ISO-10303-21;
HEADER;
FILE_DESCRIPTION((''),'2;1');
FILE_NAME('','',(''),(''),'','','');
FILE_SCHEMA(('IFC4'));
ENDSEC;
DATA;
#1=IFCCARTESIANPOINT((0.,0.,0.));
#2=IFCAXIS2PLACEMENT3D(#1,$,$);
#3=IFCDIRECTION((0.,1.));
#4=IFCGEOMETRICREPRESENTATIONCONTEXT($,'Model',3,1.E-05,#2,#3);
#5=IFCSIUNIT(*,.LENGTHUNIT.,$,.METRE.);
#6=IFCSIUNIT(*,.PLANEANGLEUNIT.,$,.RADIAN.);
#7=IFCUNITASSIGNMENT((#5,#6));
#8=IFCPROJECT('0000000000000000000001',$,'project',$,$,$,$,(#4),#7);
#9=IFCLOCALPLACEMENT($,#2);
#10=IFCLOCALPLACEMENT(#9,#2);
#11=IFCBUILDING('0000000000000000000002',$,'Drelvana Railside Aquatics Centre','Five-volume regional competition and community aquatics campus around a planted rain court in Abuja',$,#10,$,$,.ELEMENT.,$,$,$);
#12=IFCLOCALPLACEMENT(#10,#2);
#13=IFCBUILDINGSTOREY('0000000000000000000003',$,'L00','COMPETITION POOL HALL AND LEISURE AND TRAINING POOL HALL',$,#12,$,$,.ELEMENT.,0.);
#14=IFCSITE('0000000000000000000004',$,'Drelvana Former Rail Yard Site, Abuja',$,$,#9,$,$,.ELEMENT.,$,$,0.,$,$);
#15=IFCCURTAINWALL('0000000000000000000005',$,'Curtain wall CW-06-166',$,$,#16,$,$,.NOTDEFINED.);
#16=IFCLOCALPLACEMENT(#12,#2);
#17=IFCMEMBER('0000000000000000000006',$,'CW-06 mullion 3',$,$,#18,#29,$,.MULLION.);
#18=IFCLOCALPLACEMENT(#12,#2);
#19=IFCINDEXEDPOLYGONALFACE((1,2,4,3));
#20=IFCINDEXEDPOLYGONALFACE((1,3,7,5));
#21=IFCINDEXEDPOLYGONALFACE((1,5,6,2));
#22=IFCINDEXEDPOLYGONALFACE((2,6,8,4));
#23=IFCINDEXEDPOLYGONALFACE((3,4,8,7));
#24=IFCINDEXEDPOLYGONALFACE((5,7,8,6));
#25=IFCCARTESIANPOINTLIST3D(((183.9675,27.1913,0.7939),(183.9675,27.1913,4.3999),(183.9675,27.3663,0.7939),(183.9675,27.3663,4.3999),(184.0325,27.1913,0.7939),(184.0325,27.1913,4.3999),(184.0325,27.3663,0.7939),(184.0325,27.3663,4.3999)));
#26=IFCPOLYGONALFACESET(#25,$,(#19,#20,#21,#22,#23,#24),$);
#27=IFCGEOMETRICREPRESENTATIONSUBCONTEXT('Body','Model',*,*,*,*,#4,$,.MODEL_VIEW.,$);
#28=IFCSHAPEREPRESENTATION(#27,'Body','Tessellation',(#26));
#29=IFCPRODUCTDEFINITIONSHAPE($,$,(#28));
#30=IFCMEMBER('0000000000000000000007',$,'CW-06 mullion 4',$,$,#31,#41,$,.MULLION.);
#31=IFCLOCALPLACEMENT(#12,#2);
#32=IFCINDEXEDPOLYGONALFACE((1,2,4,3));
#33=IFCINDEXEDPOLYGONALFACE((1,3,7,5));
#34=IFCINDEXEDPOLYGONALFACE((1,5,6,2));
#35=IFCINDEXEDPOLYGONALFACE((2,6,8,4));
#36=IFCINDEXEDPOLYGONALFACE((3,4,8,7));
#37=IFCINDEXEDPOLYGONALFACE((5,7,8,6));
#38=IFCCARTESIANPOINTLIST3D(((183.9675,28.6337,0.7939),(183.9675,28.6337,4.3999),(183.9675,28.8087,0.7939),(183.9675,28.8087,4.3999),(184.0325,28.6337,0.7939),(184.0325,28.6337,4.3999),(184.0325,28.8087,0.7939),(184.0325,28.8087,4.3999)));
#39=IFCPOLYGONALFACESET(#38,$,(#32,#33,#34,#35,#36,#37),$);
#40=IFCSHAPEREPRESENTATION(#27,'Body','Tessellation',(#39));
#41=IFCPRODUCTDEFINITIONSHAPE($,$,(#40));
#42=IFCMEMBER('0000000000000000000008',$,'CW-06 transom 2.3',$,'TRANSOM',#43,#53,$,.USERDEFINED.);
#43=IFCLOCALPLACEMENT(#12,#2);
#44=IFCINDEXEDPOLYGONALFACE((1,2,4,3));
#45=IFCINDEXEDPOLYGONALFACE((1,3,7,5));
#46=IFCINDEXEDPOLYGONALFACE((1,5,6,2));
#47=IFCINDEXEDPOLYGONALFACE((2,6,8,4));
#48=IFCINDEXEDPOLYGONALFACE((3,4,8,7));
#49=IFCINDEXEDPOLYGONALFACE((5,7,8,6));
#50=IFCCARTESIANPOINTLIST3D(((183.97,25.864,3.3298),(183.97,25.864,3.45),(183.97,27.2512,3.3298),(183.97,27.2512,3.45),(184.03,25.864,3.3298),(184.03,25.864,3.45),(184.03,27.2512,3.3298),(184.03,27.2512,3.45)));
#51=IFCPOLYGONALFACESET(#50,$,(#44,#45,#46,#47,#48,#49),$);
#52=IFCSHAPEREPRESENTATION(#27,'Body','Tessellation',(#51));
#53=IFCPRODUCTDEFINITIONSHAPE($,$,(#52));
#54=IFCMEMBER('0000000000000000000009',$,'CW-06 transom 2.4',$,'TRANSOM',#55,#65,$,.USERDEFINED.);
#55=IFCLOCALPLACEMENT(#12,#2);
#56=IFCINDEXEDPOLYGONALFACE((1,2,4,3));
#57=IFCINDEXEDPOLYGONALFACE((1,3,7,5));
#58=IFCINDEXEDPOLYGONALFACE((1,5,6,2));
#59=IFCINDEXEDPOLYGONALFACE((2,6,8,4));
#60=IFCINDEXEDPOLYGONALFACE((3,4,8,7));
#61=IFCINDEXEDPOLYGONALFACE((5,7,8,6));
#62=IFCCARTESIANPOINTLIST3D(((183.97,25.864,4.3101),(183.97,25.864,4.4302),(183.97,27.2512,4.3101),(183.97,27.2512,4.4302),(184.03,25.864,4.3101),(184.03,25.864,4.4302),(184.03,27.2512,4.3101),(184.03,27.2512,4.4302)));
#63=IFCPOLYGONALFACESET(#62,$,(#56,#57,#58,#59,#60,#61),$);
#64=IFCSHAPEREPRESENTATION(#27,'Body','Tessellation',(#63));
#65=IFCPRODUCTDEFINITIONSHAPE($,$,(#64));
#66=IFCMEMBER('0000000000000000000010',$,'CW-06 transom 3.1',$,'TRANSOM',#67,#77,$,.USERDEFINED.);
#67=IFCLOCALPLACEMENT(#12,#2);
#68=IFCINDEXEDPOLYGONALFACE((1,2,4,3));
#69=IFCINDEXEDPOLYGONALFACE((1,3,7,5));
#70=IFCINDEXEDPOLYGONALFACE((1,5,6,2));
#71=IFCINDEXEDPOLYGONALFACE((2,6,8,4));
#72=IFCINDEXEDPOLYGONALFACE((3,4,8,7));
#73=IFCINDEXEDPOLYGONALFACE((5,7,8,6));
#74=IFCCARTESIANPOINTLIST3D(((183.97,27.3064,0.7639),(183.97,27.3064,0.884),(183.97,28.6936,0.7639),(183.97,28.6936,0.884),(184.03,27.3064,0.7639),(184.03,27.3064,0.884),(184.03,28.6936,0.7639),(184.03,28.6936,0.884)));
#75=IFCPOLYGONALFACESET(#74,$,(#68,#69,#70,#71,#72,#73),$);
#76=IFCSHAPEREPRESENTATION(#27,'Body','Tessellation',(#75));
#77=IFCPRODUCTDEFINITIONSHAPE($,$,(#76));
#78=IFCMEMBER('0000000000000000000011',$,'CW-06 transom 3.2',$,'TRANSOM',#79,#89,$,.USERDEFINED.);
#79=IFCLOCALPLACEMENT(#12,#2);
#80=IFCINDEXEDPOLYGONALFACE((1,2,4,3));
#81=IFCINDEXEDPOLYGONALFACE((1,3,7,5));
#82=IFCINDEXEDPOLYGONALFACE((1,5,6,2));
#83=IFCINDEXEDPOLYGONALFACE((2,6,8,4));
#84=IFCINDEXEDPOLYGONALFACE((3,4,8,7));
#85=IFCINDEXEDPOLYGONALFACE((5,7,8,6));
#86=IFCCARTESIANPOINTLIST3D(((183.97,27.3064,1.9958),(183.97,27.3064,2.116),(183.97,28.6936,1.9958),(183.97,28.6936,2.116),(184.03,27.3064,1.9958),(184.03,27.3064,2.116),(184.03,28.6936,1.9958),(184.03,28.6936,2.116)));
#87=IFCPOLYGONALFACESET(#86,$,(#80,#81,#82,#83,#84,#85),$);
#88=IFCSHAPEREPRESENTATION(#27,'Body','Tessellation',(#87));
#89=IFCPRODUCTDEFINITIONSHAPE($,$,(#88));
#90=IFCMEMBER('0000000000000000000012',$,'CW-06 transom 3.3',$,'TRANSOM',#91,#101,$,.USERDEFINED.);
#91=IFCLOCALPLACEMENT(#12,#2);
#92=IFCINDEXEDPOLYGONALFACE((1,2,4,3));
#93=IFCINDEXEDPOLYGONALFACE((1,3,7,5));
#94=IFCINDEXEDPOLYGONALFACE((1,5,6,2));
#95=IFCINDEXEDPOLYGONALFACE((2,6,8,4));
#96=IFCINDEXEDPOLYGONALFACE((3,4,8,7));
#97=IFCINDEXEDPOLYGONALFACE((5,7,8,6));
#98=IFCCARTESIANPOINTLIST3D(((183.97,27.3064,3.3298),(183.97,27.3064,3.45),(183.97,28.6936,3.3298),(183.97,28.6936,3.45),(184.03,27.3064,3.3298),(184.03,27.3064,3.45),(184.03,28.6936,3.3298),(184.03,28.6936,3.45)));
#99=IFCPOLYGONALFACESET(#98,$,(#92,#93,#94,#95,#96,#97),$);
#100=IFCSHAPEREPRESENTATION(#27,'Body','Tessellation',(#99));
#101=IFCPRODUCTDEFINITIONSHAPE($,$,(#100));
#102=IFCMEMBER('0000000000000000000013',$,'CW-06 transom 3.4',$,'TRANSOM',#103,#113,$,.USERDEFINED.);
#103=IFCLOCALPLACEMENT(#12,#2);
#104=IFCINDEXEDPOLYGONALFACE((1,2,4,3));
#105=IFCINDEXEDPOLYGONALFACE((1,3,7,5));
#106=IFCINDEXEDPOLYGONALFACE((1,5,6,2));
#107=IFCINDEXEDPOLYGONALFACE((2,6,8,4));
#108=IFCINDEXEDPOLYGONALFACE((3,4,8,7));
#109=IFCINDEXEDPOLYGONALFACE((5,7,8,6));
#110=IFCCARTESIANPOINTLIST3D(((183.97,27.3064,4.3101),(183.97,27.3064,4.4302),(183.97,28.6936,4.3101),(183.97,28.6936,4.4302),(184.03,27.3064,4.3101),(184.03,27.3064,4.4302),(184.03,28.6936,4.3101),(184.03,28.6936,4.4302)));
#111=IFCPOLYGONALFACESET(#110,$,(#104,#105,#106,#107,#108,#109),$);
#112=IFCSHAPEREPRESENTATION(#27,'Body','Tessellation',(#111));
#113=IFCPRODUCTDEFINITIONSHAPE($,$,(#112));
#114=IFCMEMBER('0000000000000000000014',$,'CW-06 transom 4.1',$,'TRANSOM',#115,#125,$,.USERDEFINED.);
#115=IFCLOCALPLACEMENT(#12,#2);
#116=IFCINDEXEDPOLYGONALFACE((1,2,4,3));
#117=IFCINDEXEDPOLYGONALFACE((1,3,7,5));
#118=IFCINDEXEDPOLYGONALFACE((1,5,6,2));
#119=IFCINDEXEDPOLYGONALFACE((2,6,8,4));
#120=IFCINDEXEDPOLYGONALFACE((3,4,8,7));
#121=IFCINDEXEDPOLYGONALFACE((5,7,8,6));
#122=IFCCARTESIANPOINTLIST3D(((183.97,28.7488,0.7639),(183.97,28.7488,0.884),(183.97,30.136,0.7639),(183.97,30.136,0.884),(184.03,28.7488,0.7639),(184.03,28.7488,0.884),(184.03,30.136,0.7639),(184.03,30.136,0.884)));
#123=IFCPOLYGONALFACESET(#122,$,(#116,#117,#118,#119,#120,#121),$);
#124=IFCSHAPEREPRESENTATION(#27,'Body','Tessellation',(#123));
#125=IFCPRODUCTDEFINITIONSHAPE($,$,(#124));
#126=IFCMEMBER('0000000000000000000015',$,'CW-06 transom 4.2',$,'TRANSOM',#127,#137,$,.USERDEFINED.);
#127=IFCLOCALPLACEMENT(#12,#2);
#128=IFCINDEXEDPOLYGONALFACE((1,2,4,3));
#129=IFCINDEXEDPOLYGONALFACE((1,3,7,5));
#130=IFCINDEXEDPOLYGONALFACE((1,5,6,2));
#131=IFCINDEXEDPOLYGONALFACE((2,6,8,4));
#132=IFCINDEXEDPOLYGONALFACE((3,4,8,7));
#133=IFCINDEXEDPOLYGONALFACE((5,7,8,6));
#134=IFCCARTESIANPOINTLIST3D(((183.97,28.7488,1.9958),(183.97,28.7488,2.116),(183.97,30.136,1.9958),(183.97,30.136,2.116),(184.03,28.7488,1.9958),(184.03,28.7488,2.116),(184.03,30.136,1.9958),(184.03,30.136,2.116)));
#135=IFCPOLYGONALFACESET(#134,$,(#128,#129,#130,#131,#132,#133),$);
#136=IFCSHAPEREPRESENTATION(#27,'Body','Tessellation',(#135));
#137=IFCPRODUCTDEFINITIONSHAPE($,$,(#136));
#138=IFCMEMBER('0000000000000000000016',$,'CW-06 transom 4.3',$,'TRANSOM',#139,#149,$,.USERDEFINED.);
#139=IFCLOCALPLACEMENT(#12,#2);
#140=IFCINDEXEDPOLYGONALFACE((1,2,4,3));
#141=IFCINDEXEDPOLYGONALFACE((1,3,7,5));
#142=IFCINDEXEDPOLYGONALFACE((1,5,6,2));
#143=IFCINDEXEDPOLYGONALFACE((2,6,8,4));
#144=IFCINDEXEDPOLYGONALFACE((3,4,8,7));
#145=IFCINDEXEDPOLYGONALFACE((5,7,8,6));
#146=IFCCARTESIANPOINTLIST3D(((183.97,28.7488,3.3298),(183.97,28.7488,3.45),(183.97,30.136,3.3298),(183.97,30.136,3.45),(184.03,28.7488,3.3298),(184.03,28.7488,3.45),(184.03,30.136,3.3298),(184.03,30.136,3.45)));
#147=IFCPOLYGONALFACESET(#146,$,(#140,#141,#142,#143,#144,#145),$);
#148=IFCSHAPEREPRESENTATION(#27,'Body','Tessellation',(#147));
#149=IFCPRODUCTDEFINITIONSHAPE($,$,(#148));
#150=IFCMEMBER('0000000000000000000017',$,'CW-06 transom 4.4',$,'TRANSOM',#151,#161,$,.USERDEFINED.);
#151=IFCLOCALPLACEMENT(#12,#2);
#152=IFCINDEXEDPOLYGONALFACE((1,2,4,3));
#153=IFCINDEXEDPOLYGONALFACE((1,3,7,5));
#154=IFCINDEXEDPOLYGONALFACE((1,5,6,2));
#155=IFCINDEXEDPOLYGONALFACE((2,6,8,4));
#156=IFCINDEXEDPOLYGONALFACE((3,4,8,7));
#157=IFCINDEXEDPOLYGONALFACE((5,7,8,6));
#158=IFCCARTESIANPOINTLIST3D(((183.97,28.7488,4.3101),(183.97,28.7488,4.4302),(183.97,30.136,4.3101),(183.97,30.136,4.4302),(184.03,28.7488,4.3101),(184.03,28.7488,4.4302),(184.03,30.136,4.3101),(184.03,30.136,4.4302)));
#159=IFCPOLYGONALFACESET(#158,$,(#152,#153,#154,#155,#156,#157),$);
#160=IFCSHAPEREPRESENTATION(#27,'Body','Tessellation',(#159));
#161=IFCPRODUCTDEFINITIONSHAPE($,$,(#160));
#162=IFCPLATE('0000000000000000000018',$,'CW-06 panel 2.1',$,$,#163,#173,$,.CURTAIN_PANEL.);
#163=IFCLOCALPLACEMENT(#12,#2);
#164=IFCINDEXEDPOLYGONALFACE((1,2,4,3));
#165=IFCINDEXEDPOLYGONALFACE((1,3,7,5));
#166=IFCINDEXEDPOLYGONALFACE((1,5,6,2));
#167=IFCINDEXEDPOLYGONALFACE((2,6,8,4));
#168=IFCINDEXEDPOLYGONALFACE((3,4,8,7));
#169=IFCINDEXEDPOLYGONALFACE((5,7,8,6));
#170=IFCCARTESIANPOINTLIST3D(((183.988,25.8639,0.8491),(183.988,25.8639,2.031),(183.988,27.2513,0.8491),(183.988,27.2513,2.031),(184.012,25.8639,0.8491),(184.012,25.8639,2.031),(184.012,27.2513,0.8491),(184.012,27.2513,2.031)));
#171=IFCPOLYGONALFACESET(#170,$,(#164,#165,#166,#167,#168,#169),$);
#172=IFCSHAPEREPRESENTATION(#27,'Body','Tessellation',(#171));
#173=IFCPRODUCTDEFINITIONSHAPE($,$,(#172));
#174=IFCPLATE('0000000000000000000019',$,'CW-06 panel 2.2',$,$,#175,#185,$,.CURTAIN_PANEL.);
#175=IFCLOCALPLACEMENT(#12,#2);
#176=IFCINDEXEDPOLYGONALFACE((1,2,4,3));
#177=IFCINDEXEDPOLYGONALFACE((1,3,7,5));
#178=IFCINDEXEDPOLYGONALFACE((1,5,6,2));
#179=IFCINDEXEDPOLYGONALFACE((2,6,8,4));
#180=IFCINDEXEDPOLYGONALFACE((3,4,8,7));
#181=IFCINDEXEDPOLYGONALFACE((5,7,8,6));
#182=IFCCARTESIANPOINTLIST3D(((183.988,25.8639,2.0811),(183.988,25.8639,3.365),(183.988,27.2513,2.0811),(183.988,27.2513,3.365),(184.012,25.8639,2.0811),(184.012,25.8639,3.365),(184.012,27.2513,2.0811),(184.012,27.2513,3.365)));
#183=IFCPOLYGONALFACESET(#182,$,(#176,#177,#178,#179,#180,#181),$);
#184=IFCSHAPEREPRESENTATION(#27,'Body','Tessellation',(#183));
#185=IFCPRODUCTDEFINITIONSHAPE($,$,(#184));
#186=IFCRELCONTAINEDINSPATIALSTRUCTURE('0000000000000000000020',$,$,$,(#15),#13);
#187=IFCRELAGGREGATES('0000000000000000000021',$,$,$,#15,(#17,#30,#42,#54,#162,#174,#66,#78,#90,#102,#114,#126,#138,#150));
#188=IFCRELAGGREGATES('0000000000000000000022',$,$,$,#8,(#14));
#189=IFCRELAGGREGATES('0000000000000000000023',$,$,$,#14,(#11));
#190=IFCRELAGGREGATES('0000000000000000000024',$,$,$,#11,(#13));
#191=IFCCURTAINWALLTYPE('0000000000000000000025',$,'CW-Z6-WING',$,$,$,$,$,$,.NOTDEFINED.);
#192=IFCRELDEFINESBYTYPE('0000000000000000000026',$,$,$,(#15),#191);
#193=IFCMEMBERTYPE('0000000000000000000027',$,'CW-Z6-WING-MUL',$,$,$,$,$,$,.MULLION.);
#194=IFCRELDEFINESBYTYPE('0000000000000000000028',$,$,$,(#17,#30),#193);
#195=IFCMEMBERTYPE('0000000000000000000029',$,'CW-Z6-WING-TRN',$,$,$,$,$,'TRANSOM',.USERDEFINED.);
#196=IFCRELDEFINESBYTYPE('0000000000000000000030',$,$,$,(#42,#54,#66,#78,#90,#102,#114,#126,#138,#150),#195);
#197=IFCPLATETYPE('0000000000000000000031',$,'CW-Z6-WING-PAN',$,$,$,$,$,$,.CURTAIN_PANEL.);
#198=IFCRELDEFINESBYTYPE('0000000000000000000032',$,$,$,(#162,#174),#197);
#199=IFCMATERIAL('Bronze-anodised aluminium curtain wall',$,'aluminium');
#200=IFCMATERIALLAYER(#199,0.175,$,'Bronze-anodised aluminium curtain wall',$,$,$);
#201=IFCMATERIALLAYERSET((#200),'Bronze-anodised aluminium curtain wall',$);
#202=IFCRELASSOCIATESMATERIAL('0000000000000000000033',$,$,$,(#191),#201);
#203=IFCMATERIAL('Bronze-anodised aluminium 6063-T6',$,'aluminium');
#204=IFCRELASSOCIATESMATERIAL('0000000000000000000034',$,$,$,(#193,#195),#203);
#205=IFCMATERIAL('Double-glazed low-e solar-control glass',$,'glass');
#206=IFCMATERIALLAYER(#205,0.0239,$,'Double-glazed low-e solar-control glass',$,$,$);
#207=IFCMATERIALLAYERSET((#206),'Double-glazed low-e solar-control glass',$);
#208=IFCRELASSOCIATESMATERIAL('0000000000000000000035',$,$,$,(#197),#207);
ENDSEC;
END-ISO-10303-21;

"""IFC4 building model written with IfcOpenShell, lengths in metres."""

from ifc_helpers import new_model, si_unit, direction, frame, origin, origin_2d, place, context, subcontext, project, spatial, rectangle, extrude, material, layer, layer_set, material_profile, profile_set, type_object, element, aggregate, save


model = new_model("IFC4")

# Units and contexts
model_context = context("Model", 3, precision=1e-05, world=origin(), true_north=direction((0.0, 1.0)))
body_context = subcontext(model_context, "Body", "Model", "MODEL_VIEW")
ifc_project = project(units=[si_unit("LENGTHUNIT", "METRE"), si_unit("PLANEANGLEUNIT", "RADIAN")], contexts=[model_context])

# Site, building, storey
site_placement = place(None, origin())
site = spatial("IfcSite", under=ifc_project, at=site_placement, Name="Drelvana Former Rail Yard Site, Abuja", CompositionType="ELEMENT", RefElevation=0.0)
building_placement = place(site_placement, origin())
building = spatial("IfcBuilding", under=site, at=building_placement, Name="Drelvana Railside Aquatics Centre", Description="Five-volume regional competition and community aquatics campus around a planted rain court in Abuja", CompositionType="ELEMENT")
storey_placement = place(building_placement, origin())
storey = spatial("IfcBuildingStorey", under=building, at=storey_placement, Name="L00", Description="COMPETITION POOL HALL AND LEISURE AND TRAINING POOL HALL", CompositionType="ELEMENT", Elevation=0.0)

# Curtain wall, members, plates
ifc_material_1 = material(Name="Bronze-anodised aluminium curtain wall", Category="aluminium")
ifc_layer_1 = layer(ifc_material_1, 0.175, Name="Bronze-anodised aluminium curtain wall")
ifc_layer_set_1 = layer_set([ifc_layer_1], Name="Bronze-anodised aluminium curtain wall")
curtain_wall_type = type_object("IfcCurtainWallType", Name="CW-Z6-WING", PredefinedType="NOTDEFINED", material=ifc_layer_set_1)
curtain_wall_placement = place(storey_placement, origin())
curtain_wall = element("IfcCurtainWall", 1, at=curtain_wall_placement, inside=storey, type_object=curtain_wall_type, Name="Curtain wall CW-06-166", PredefinedType="NOTDEFINED")
ifc_material_2 = material(Name="Bronze-anodised aluminium 6063-T6", Category="aluminium")
ifc_material_profile_1 = material_profile(ifc_material_2, rectangle(XDim=0.0649, YDim=0.175, at=origin_2d()), Name="ALU-M 65x175")
ifc_profile_set_1 = profile_set([ifc_material_profile_1], Name="Bronze-anodised aluminium 6063-T6")
member_type_1 = type_object("IfcMemberType", Name="CW-Z6-WING-MUL", PredefinedType="MULLION", material=ifc_profile_set_1)
member_1_placement = place(storey_placement, frame((184.0, 27.2788, 0.7939), z_axis=(0.0, 0.0, 1.0), x_axis=(-1.0, 0.0, 0.0)))
member_1 = element("IfcMember", 2, at=member_1_placement, type_object=member_type_1, Name="CW-06 mullion 3", PredefinedType="MULLION", context=body_context, shape_type="SweptSolid", body=[
    extrude(rectangle(XDim=0.0649, YDim=0.175, at=origin_2d()), origin(), (0.0, 0.0, 1.0), 3.606),
])
member_2_placement = place(storey_placement, frame((184.0, 28.7212, 0.7939), z_axis=(0.0, 0.0, 1.0), x_axis=(-1.0, 0.0, 0.0)))
member_2 = element("IfcMember", 3, at=member_2_placement, type_object=member_type_1, Name="CW-06 mullion 4", PredefinedType="MULLION", context=body_context, shape_type="SweptSolid", body=[
    extrude(rectangle(XDim=0.0649, YDim=0.175, at=origin_2d()), origin(), (0.0, 0.0, 1.0), 3.606),
])
ifc_material_profile_2 = material_profile(ifc_material_2, rectangle(XDim=0.1201, YDim=0.0601, at=origin_2d()), Name="ALU-T 60x120")
ifc_profile_set_2 = profile_set([ifc_material_profile_2], Name="Bronze-anodised aluminium 6063-T6")
member_type_2 = type_object("IfcMemberType", Name="CW-Z6-WING-TRN", ElementType="TRANSOM", PredefinedType="USERDEFINED", material=ifc_profile_set_2)
member_3_placement = place(storey_placement, frame((184.0, 25.864, 3.3899), z_axis=(0.0, 1.0, 0.0), x_axis=(0.0, 0.0, 1.0)))
member_3 = element("IfcMember", 4, at=member_3_placement, type_object=member_type_2, Name="CW-06 transom 2.3", ObjectType="TRANSOM", PredefinedType="USERDEFINED", context=body_context, shape_type="SweptSolid", body=[
    extrude(rectangle(XDim=0.1201, YDim=0.0601, at=origin_2d()), origin(), (0.0, 0.0, 1.0), 1.3872),
])
member_4_placement = place(storey_placement, frame((184.0, 25.864, 4.3701), z_axis=(0.0, 1.0, 0.0), x_axis=(0.0, 0.0, 1.0)))
member_4 = element("IfcMember", 5, at=member_4_placement, type_object=member_type_2, Name="CW-06 transom 2.4", ObjectType="TRANSOM", PredefinedType="USERDEFINED", context=body_context, shape_type="SweptSolid", body=[
    extrude(rectangle(XDim=0.1201, YDim=0.0601, at=origin_2d()), origin(), (0.0, 0.0, 1.0), 1.3872),
])
member_5_placement = place(storey_placement, frame((184.0, 27.3064, 0.824), z_axis=(0.0, 1.0, 0.0), x_axis=(0.0, 0.0, 1.0)))
member_5 = element("IfcMember", 6, at=member_5_placement, type_object=member_type_2, Name="CW-06 transom 3.1", ObjectType="TRANSOM", PredefinedType="USERDEFINED", context=body_context, shape_type="SweptSolid", body=[
    extrude(rectangle(XDim=0.1201, YDim=0.0601, at=origin_2d()), origin(), (0.0, 0.0, 1.0), 1.3872),
])
member_6_placement = place(storey_placement, frame((184.0, 27.3064, 2.0559), z_axis=(0.0, 1.0, 0.0), x_axis=(0.0, 0.0, 1.0)))
member_6 = element("IfcMember", 7, at=member_6_placement, type_object=member_type_2, Name="CW-06 transom 3.2", ObjectType="TRANSOM", PredefinedType="USERDEFINED", context=body_context, shape_type="SweptSolid", body=[
    extrude(rectangle(XDim=0.1201, YDim=0.0601, at=origin_2d()), origin(), (0.0, 0.0, 1.0), 1.3872),
])
member_7_placement = place(storey_placement, frame((184.0, 27.3064, 3.3899), z_axis=(0.0, 1.0, 0.0), x_axis=(0.0, 0.0, 1.0)))
member_7 = element("IfcMember", 8, at=member_7_placement, type_object=member_type_2, Name="CW-06 transom 3.3", ObjectType="TRANSOM", PredefinedType="USERDEFINED", context=body_context, shape_type="SweptSolid", body=[
    extrude(rectangle(XDim=0.1201, YDim=0.0601, at=origin_2d()), origin(), (0.0, 0.0, 1.0), 1.3872),
])
member_8_placement = place(storey_placement, frame((184.0, 27.3064, 4.3701), z_axis=(0.0, 1.0, 0.0), x_axis=(0.0, 0.0, 1.0)))
member_8 = element("IfcMember", 9, at=member_8_placement, type_object=member_type_2, Name="CW-06 transom 3.4", ObjectType="TRANSOM", PredefinedType="USERDEFINED", context=body_context, shape_type="SweptSolid", body=[
    extrude(rectangle(XDim=0.1201, YDim=0.0601, at=origin_2d()), origin(), (0.0, 0.0, 1.0), 1.3872),
])
member_9_placement = place(storey_placement, frame((184.0, 28.7488, 0.824), z_axis=(0.0, 1.0, 0.0), x_axis=(0.0, 0.0, 1.0)))
member_9 = element("IfcMember", 10, at=member_9_placement, type_object=member_type_2, Name="CW-06 transom 4.1", ObjectType="TRANSOM", PredefinedType="USERDEFINED", context=body_context, shape_type="SweptSolid", body=[
    extrude(rectangle(XDim=0.1201, YDim=0.0601, at=origin_2d()), origin(), (0.0, 0.0, 1.0), 1.3872),
])
member_10_placement = place(storey_placement, frame((184.0, 28.7488, 2.0559), z_axis=(0.0, 1.0, 0.0), x_axis=(0.0, 0.0, 1.0)))
member_10 = element("IfcMember", 11, at=member_10_placement, type_object=member_type_2, Name="CW-06 transom 4.2", ObjectType="TRANSOM", PredefinedType="USERDEFINED", context=body_context, shape_type="SweptSolid", body=[
    extrude(rectangle(XDim=0.1201, YDim=0.0601, at=origin_2d()), origin(), (0.0, 0.0, 1.0), 1.3872),
])
member_11_placement = place(storey_placement, frame((184.0, 28.7488, 3.3899), z_axis=(0.0, 1.0, 0.0), x_axis=(0.0, 0.0, 1.0)))
member_11 = element("IfcMember", 12, at=member_11_placement, type_object=member_type_2, Name="CW-06 transom 4.3", ObjectType="TRANSOM", PredefinedType="USERDEFINED", context=body_context, shape_type="SweptSolid", body=[
    extrude(rectangle(XDim=0.1201, YDim=0.0601, at=origin_2d()), origin(), (0.0, 0.0, 1.0), 1.3872),
])
member_12_placement = place(storey_placement, frame((184.0, 28.7488, 4.3701), z_axis=(0.0, 1.0, 0.0), x_axis=(0.0, 0.0, 1.0)))
member_12 = element("IfcMember", 13, at=member_12_placement, type_object=member_type_2, Name="CW-06 transom 4.4", ObjectType="TRANSOM", PredefinedType="USERDEFINED", context=body_context, shape_type="SweptSolid", body=[
    extrude(rectangle(XDim=0.1201, YDim=0.0601, at=origin_2d()), origin(), (0.0, 0.0, 1.0), 1.3872),
])
ifc_material_3 = material(Name="Double-glazed low-e solar-control glass", Category="glass")
ifc_layer_2 = layer(ifc_material_3, 0.0239, Name="Double-glazed low-e solar-control glass")
ifc_layer_set_2 = layer_set([ifc_layer_2], Name="Double-glazed low-e solar-control glass")
plate_type = type_object("IfcPlateType", Name="CW-Z6-WING-PAN", PredefinedType="CURTAIN_PANEL", material=ifc_layer_set_2)
plate_1_placement = place(storey_placement, frame((184.0, 26.5576, 0.8491), z_axis=(0.0, 0.0, 1.0), x_axis=(0.0, 1.0, 0.0)))
plate_1 = element("IfcPlate", 14, at=plate_1_placement, type_object=plate_type, Name="CW-06 panel 2.1", PredefinedType="CURTAIN_PANEL", context=body_context, shape_type="SweptSolid", body=[
    extrude(rectangle(XDim=1.3875, YDim=0.0239, at=origin_2d()), origin(), (0.0, 0.0, 1.0), 1.1819),
])
plate_2_placement = place(storey_placement, frame((184.0, 26.5576, 2.0811), z_axis=(0.0, 0.0, 1.0), x_axis=(0.0, 1.0, 0.0)))
plate_2 = element("IfcPlate", 15, at=plate_2_placement, type_object=plate_type, Name="CW-06 panel 2.2", PredefinedType="CURTAIN_PANEL", context=body_context, shape_type="SweptSolid", body=[
    extrude(rectangle(XDim=1.3875, YDim=0.0239, at=origin_2d()), origin(), (0.0, 0.0, 1.0), 1.2839),
])
aggregate(curtain_wall, [member_1, member_2, member_3, member_4, plate_1, plate_2, member_5, member_6, member_7, member_8, member_9, member_10, member_11, member_12])

save(model, "model.ifc")
